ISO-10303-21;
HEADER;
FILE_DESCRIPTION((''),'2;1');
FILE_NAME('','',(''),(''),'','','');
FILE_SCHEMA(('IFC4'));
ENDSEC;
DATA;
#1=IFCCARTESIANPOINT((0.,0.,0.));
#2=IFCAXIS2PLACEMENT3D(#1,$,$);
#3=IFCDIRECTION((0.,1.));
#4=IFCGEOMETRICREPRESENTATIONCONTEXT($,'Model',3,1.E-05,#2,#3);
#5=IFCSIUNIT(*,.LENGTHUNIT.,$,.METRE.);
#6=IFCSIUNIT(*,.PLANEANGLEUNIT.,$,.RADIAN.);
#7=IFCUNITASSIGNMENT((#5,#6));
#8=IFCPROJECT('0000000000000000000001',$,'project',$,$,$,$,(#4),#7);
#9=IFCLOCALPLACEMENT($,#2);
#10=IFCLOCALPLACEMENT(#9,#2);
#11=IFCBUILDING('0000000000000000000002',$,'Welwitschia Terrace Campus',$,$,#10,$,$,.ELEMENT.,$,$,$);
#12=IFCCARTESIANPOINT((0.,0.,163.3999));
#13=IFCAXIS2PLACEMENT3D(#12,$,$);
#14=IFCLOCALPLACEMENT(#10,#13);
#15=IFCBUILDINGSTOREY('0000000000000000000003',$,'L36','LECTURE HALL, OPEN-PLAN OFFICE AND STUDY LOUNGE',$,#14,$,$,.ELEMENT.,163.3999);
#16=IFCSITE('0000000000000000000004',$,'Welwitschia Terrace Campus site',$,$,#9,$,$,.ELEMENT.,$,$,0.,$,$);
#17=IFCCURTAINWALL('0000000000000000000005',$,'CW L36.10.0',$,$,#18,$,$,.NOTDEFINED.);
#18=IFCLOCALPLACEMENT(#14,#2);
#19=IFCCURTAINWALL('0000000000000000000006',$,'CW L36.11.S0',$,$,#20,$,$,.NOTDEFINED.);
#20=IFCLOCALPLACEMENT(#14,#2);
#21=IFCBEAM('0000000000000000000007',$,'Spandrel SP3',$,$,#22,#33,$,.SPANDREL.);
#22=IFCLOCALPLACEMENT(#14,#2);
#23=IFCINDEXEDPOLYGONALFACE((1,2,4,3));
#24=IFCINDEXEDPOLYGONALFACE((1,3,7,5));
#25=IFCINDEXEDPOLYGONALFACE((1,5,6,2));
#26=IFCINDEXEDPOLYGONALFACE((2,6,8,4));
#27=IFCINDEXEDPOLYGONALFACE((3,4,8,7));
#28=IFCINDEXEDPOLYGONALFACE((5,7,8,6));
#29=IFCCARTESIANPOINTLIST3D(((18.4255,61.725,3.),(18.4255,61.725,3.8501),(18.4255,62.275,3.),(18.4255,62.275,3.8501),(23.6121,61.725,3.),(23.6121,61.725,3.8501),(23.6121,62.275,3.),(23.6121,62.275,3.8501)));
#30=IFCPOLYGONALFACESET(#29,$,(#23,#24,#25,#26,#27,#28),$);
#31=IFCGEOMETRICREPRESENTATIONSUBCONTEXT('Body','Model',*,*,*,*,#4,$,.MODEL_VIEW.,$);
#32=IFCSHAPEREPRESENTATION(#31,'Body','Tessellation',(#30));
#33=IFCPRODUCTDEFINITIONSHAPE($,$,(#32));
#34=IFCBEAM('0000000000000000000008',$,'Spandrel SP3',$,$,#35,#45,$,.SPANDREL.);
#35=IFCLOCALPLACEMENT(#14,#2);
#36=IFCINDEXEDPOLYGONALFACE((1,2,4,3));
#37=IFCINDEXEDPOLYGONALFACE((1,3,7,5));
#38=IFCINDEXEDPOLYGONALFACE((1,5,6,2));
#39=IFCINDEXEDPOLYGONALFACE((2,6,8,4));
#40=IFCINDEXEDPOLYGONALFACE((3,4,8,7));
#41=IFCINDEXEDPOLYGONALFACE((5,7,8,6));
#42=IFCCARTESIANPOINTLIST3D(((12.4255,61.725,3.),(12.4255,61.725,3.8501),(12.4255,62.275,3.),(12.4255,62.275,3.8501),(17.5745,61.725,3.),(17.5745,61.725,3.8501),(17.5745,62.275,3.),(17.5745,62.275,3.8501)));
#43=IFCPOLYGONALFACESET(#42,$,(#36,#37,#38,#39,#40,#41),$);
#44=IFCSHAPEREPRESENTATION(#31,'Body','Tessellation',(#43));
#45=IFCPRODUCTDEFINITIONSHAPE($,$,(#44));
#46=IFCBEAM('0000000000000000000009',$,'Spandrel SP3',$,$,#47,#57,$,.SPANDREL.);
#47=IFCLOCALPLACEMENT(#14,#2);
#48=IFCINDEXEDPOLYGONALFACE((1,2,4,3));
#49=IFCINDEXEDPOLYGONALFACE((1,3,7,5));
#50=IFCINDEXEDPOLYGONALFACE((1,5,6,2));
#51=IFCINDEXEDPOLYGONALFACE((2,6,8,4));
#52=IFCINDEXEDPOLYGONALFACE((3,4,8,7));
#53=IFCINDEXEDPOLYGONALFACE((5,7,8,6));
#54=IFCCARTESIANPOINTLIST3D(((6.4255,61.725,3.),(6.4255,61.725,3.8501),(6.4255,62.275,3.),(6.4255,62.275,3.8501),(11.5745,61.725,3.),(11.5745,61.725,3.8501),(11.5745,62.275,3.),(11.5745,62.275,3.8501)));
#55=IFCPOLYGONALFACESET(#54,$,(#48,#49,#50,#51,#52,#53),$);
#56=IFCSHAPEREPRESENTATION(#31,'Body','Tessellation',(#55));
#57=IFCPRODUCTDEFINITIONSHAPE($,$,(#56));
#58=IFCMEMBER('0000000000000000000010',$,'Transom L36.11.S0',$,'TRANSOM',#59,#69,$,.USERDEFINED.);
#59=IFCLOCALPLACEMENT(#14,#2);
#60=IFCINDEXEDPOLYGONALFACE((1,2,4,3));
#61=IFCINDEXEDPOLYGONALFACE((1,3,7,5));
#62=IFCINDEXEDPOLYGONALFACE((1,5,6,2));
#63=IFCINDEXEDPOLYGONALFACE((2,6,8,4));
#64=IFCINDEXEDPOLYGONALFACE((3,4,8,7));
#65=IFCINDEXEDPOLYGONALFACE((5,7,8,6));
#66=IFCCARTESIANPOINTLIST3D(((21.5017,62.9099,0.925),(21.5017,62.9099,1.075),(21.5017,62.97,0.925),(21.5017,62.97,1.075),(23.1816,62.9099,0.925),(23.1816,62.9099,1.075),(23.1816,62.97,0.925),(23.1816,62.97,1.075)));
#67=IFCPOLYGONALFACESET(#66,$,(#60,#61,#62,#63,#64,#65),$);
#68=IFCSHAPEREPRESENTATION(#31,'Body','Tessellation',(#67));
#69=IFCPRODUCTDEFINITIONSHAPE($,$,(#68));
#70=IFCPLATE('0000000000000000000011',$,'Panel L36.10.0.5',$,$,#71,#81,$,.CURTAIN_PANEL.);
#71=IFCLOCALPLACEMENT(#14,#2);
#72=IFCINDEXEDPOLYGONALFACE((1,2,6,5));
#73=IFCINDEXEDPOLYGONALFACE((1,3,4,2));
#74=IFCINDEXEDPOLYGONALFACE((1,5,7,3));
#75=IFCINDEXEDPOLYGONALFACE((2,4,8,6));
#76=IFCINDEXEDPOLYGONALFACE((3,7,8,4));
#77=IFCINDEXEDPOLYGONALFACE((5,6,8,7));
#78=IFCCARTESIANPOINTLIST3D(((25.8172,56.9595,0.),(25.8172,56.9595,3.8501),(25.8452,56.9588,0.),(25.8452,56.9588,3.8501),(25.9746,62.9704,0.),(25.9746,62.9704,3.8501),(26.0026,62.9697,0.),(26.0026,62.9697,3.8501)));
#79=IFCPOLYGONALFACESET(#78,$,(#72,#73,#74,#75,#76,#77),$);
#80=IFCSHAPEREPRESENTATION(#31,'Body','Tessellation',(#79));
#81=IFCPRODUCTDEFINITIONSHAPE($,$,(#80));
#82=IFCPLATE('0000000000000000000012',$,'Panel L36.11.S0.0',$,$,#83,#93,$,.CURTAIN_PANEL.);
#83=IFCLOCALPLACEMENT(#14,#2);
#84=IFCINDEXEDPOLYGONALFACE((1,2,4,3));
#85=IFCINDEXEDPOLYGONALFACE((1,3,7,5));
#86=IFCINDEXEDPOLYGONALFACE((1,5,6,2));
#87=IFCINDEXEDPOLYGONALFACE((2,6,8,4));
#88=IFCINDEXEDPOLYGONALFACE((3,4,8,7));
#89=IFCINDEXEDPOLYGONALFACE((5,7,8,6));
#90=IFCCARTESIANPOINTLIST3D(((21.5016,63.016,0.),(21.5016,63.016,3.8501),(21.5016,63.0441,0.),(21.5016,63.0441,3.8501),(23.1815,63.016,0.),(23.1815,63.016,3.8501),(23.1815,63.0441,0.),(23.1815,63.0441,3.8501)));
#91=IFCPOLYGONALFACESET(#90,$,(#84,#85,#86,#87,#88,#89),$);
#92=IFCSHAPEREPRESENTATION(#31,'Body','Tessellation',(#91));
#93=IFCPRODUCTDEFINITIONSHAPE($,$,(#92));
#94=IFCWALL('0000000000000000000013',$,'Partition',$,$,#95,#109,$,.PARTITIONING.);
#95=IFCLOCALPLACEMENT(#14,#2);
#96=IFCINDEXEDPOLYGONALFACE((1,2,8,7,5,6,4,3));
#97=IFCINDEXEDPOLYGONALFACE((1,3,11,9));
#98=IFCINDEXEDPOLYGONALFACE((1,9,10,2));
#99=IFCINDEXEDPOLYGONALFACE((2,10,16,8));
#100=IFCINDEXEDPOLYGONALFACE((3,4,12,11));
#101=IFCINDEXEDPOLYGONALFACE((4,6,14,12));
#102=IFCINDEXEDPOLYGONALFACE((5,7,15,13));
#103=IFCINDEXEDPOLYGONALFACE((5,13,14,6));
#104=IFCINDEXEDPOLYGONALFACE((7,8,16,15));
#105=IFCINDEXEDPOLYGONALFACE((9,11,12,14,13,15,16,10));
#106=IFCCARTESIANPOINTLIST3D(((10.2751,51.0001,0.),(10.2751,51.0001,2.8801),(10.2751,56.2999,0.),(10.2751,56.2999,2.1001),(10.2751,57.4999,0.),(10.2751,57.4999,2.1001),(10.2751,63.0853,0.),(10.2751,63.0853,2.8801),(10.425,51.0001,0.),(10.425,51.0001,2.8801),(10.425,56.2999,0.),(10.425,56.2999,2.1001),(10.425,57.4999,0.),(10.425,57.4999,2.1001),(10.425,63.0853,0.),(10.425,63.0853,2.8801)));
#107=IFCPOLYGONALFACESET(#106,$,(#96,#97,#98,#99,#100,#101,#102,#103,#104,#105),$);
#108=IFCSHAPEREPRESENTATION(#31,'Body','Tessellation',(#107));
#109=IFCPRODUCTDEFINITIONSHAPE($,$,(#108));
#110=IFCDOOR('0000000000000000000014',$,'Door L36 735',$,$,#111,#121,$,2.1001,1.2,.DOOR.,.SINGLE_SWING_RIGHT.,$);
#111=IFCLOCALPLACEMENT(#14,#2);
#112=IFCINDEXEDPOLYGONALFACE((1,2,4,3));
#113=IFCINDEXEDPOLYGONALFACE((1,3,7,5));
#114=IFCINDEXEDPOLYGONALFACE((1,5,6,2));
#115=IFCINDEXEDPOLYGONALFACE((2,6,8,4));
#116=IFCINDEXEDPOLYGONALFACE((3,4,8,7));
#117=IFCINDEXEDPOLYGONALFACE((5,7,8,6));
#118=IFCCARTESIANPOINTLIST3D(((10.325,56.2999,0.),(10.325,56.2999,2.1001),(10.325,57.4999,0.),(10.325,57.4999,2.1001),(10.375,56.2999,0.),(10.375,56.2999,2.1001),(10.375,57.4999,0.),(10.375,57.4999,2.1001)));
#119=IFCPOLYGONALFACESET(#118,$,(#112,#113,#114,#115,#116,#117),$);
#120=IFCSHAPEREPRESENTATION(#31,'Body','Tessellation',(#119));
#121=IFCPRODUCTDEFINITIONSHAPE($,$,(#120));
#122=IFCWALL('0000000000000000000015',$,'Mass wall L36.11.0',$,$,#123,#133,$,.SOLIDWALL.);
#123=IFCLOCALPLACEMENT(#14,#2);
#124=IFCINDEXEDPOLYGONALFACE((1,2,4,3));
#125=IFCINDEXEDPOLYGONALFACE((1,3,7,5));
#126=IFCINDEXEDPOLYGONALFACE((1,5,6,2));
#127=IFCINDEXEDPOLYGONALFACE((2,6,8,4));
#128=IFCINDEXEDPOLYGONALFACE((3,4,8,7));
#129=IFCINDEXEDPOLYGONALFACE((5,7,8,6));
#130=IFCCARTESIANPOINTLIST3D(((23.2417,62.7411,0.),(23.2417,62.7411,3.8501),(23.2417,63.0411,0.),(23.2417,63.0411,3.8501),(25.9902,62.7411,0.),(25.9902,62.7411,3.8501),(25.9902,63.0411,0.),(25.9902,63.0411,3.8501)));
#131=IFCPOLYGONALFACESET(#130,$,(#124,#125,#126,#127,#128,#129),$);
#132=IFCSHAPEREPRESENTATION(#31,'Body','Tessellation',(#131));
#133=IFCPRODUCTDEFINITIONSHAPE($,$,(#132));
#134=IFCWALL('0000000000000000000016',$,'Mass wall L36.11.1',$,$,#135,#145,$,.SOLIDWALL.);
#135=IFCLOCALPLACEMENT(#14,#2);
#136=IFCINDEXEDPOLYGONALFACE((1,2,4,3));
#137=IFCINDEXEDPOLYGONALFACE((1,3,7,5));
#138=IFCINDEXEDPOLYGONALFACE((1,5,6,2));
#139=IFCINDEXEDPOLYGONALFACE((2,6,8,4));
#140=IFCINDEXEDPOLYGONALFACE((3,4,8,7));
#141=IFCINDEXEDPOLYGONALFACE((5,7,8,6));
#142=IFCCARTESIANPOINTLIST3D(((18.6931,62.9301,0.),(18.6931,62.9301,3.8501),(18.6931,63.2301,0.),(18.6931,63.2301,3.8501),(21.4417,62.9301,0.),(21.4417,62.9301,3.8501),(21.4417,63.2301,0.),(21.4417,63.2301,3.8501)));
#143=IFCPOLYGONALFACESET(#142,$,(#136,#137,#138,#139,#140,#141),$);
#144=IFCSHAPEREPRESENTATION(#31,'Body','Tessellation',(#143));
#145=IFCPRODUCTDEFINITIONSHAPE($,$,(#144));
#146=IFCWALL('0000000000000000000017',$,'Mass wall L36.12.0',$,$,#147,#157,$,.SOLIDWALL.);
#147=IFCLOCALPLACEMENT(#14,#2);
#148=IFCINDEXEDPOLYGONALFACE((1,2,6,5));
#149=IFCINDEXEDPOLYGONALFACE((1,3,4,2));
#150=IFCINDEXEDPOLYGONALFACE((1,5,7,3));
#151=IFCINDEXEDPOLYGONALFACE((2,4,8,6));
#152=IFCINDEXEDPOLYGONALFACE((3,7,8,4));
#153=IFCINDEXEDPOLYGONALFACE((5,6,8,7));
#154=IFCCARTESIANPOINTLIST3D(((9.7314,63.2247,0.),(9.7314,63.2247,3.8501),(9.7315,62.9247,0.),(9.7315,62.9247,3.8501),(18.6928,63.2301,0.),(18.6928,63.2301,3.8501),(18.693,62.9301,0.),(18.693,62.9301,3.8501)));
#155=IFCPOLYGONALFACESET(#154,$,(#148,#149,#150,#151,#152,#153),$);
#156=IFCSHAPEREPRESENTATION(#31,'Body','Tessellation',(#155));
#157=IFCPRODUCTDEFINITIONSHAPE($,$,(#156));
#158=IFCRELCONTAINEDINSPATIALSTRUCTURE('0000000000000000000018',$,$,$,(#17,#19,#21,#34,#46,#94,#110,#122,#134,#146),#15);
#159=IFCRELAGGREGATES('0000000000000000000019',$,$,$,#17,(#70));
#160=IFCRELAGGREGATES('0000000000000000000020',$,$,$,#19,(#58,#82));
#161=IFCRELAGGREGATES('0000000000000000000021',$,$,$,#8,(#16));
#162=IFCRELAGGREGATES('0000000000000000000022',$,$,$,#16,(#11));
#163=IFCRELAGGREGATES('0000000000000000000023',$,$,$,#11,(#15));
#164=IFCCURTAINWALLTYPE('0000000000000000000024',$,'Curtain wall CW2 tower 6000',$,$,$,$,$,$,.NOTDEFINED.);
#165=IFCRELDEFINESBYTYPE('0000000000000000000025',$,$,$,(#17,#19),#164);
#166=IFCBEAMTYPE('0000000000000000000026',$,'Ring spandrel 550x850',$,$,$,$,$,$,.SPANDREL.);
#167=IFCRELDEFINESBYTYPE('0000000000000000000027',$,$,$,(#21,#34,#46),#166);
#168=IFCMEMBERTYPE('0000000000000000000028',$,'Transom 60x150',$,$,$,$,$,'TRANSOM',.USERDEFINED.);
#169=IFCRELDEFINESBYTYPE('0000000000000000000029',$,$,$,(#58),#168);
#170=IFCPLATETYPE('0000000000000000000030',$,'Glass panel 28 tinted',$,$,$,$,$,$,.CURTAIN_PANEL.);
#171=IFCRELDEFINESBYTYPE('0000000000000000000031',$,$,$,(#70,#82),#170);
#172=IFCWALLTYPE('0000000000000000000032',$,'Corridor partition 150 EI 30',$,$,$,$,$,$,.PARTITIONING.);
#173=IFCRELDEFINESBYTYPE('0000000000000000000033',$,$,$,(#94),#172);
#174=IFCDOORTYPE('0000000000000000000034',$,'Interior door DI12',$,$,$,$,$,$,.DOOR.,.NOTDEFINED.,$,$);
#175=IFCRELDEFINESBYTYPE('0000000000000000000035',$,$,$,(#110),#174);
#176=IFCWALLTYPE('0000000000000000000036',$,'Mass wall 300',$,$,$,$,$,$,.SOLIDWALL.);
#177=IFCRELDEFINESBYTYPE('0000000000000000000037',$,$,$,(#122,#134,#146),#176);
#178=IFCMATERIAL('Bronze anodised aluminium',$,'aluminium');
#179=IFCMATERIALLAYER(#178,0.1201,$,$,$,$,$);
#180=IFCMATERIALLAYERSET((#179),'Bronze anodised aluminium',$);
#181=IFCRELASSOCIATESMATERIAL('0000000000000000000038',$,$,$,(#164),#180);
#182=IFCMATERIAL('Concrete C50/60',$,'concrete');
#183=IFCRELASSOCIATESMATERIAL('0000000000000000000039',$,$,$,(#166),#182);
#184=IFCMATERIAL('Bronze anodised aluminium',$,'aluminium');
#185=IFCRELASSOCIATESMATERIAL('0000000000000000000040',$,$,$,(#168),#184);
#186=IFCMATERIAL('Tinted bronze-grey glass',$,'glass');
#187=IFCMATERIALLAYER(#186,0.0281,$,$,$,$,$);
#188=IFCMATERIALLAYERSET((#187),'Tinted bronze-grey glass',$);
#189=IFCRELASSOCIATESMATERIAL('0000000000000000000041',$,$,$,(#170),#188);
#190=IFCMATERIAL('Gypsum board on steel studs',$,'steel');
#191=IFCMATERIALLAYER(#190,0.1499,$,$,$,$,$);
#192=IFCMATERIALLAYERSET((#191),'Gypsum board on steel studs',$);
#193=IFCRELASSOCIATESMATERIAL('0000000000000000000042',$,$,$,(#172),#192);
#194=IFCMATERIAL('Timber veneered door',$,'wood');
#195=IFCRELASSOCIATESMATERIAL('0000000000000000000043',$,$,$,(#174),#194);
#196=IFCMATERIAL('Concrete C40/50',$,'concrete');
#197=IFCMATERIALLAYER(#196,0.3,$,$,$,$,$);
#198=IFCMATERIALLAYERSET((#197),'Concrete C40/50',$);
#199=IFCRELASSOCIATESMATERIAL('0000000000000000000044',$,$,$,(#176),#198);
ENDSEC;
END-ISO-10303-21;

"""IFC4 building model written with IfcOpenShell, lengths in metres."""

from ifc_helpers import new_model, si_unit, direction, frame, frame_2d, origin, origin_2d, place, context, subcontext, project, spatial, rectangle, extrude, material, layer, layer_set, material_profile, profile_set, type_object, element, fill, aggregate, save


model = new_model("IFC4")

# Units and contexts
model_context = context("Model", 3, precision=1e-05, world=origin(), true_north=direction((0.0, 1.0)))
body_context = subcontext(model_context, "Body", "Model", "MODEL_VIEW")
ifc_project = project(units=[si_unit("LENGTHUNIT", "METRE"), si_unit("PLANEANGLEUNIT", "RADIAN")], contexts=[model_context])

# Site, building, storey
site_placement = place(None, origin())
site = spatial("IfcSite", under=ifc_project, at=site_placement, Name="Welwitschia Terrace Campus site", CompositionType="ELEMENT", RefElevation=0.0)
building_placement = place(site_placement, origin())
building = spatial("IfcBuilding", under=site, at=building_placement, Name="Welwitschia Terrace Campus", CompositionType="ELEMENT")
storey_placement = place(building_placement, frame((0.0, 0.0, 163.3999)))
storey = spatial("IfcBuildingStorey", under=building, at=storey_placement, Name="L36", Description="LECTURE HALL, OPEN-PLAN OFFICE AND STUDY LOUNGE", CompositionType="ELEMENT", Elevation=163.3999)

# Curtain walls
ifc_material_1 = material(Name="Bronze anodised aluminium", Category="aluminium")
ifc_layer_1 = layer(ifc_material_1, 0.1201)
ifc_layer_set_1 = layer_set([ifc_layer_1], Name="Bronze anodised aluminium")
curtain_wall_type = type_object("IfcCurtainWallType", Name="Curtain wall CW2 tower 6000", PredefinedType="NOTDEFINED", material=ifc_layer_set_1)
curtain_wall_1_placement = place(storey_placement, origin())
curtain_wall_1 = element("IfcCurtainWall", 1, at=curtain_wall_1_placement, inside=storey, type_object=curtain_wall_type, Name="CW L36.10.0", PredefinedType="NOTDEFINED")
curtain_wall_2_placement = place(storey_placement, origin())
curtain_wall_2 = element("IfcCurtainWall", 2, at=curtain_wall_2_placement, inside=storey, type_object=curtain_wall_type, Name="CW L36.11.S0", PredefinedType="NOTDEFINED")

# Beams
ifc_material_2 = material(Name="Concrete C50/60", Category="concrete")
ifc_material_profile_1 = material_profile(ifc_material_2, rectangle(XDim=0.55, YDim=0.8501, at=origin_2d()))
ifc_profile_set_1 = profile_set([ifc_material_profile_1], Name="Concrete C50/60")
beam_type_1 = type_object("IfcBeamType", Name="Ring spandrel 550x850", PredefinedType="SPANDREL", material=ifc_profile_set_1)
for number, where, z_axis, x_axis, name in (
    (3, (23.6121, 62.0, 3.425), (-1.0, 0.0, 0.0), (0.0, -1.0, 0.0), "Spandrel SP3"),
):
    element("IfcBeam", number, at=place(storey_placement, frame(where, z_axis=z_axis, x_axis=x_axis)), inside=storey, type_object=beam_type_1, Name=name, PredefinedType="SPANDREL", context=body_context, shape_type="SweptSolid", body=[
        extrude(rectangle(XDim=0.55, YDim=0.8501, at=origin_2d()), origin(), (0.0, 0.0, 1.0), 5.1865),
    ])
for number, where, z_axis, x_axis, name in (
    (4, (17.5745, 62.0, 3.425), (-1.0, 0.0, 0.0), (0.0, -1.0, 0.0), "Spandrel SP3"),
    (5, (11.5745, 62.0, 3.425), (-1.0, 0.0, 0.0), (0.0, -1.0, 0.0), "Spandrel SP3"),
):
    element("IfcBeam", number, at=place(storey_placement, frame(where, z_axis=z_axis, x_axis=x_axis)), inside=storey, type_object=beam_type_1, Name=name, PredefinedType="SPANDREL", context=body_context, shape_type="SweptSolid", body=[
        extrude(rectangle(XDim=0.55, YDim=0.8501, at=origin_2d()), origin(), (0.0, 0.0, 1.0), 5.1489),
    ])

# Member
ifc_material_3 = material(Name="Bronze anodised aluminium", Category="aluminium")
ifc_material_profile_2 = material_profile(ifc_material_3, rectangle(XDim=0.0601, YDim=0.1499, at=origin_2d()))
ifc_profile_set_2 = profile_set([ifc_material_profile_2], Name="Bronze anodised aluminium")
member_type_1 = type_object("IfcMemberType", Name="Transom 60x150", ElementType="TRANSOM", PredefinedType="USERDEFINED", material=ifc_profile_set_2)
member_1_placement = place(storey_placement, frame((23.1816, 62.9399, 1.0), z_axis=(-1.0, 0.0, 0.0), x_axis=(0.0, -1.0, 0.0)))
member_1 = element("IfcMember", 6, at=member_1_placement, type_object=member_type_1, Name="Transom L36.11.S0", ObjectType="TRANSOM", PredefinedType="USERDEFINED", context=body_context, shape_type="SweptSolid", body=[
    extrude(rectangle(XDim=0.0601, YDim=0.1499, at=origin_2d()), origin(), (0.0, 0.0, 1.0), 1.6799),
])

# Plates
ifc_material_4 = material(Name="Tinted bronze-grey glass", Category="glass")
ifc_layer_2 = layer(ifc_material_4, 0.0281)
ifc_layer_set_2 = layer_set([ifc_layer_2], Name="Tinted bronze-grey glass")
plate_type = type_object("IfcPlateType", Name="Glass panel 28 tinted", PredefinedType="CURTAIN_PANEL", material=ifc_layer_set_2)
plate_1_placement = place(storey_placement, frame((25.9099, 59.9646, 0.0), z_axis=(0.0, 0.0, 1.0), x_axis=(0.026177, 0.999657, 0.0)))
plate_1 = element("IfcPlate", 7, at=plate_1_placement, type_object=plate_type, Name="Panel L36.10.0.5", PredefinedType="CURTAIN_PANEL", context=body_context, shape_type="SweptSolid", body=[
    extrude(rectangle(XDim=6.0129, YDim=0.0281, at=origin_2d()), origin(), (0.0, 0.0, 1.0), 3.8501),
])
aggregate(curtain_wall_1, [plate_1])
plate_2_placement = place(storey_placement, frame((22.3416, 63.03, 0.0), z_axis=(0.0, 0.0, 1.0), x_axis=(-1.0, 0.0, 0.0)))
plate_2 = element("IfcPlate", 8, at=plate_2_placement, type_object=plate_type, Name="Panel L36.11.S0.0", PredefinedType="CURTAIN_PANEL", context=body_context, shape_type="SweptSolid", body=[
    extrude(rectangle(XDim=1.6799, YDim=0.0281, at=origin_2d()), origin(), (0.0, 0.0, 1.0), 3.8501),
])
aggregate(curtain_wall_2, [member_1, plate_2])

# Wall, opening, door
ifc_material_5 = material(Name="Gypsum board on steel studs", Category="steel")
ifc_layer_3 = layer(ifc_material_5, 0.1499)
ifc_layer_set_3 = layer_set([ifc_layer_3], Name="Gypsum board on steel studs")
wall_type_1 = type_object("IfcWallType", Name="Corridor partition 150 EI 30", PredefinedType="PARTITIONING", material=ifc_layer_set_3)
wall_1_placement = place(storey_placement, frame((10.3501, 63.0852, 0.0), z_axis=(0.0, 0.0, 1.0), x_axis=(0.0, -1.0, 0.0)))
wall_1 = element("IfcWall", 9, at=wall_1_placement, inside=storey, type_object=wall_type_1, Name="Partition", PredefinedType="PARTITIONING", context=body_context, shape_type="SweptSolid", body=[
    extrude(rectangle(XDim=12.0852, YDim=0.1499, at=frame_2d((6.0425, 0.0))), origin(), (0.0, 0.0, 1.0), 2.8801),
])
opening_placement = place(wall_1_placement, frame((5.5852, 0.0, 0.0)))
opening = element("IfcOpeningElement", 10, at=opening_placement, cuts=wall_1, PredefinedType="OPENING", context=body_context, shape_type="SweptSolid", body=[
    extrude(rectangle(XDim=1.2, YDim=2.1001, at=frame_2d((0.6001, 1.05))), frame((0.0, 0.085, 0.0), z_axis=(0.0, -1.0, 0.0), x_axis=(1.0, 0.0, 0.0)), (0.0, 0.0, 1.0), 0.1699),
])
ifc_material_6 = material(Name="Timber veneered door", Category="wood")
door_type = type_object("IfcDoorType", Name="Interior door DI12", OperationType="NOTDEFINED", PredefinedType="DOOR", material=ifc_material_6)
door_placement = place(opening_placement, origin())
door = element("IfcDoor", 11, at=door_placement, inside=storey, type_object=door_type, Name="Door L36 735", OperationType="SINGLE_SWING_RIGHT", OverallHeight=2.1001, OverallWidth=1.2, PredefinedType="DOOR", context=body_context, shape_type="SweptSolid", body=[
    extrude(rectangle(XDim=1.2, YDim=2.1001, at=frame_2d((0.6001, 1.05))), frame((0.0, 0.0249, 0.0), z_axis=(0.0, -1.0, 0.0), x_axis=(1.0, 0.0, 0.0)), (0.0, 0.0, 1.0), 0.05),
])
fill(opening, door)

# Walls
ifc_material_7 = material(Name="Concrete C40/50", Category="concrete")
ifc_layer_4 = layer(ifc_material_7, 0.3)
ifc_layer_set_4 = layer_set([ifc_layer_4], Name="Concrete C40/50")
wall_type_2 = type_object("IfcWallType", Name="Mass wall 300", PredefinedType="SOLIDWALL", material=ifc_layer_set_4)
for number, where, z_axis, x_axis, name in (
    (12, (25.9902, 62.8911, 0.0), (0.0, 0.0, 1.0), (-1.0, 0.0, 0.0), "Mass wall L36.11.0"),
    (13, (21.4417, 63.0801, 0.0), (0.0, 0.0, 1.0), (-1.0, 0.0, 0.0), "Mass wall L36.11.1"),
):
    element("IfcWall", number, at=place(storey_placement, frame(where, z_axis=z_axis, x_axis=x_axis)), inside=storey, type_object=wall_type_2, Name=name, PredefinedType="SOLIDWALL", context=body_context, shape_type="SweptSolid", body=[
        extrude(rectangle(XDim=2.7485, YDim=0.3, at=frame_2d((1.3743, 0.0))), origin(), (0.0, 0.0, 1.0), 3.8501),
    ])
wall_2_placement = place(storey_placement, frame((18.6929, 63.0801, 0.0), z_axis=(0.0, 0.0, 1.0), x_axis=(-1.0, -0.000599, 0.0)))
element("IfcWall", 14, at=wall_2_placement, inside=storey, type_object=wall_type_2, Name="Mass wall L36.12.0", PredefinedType="SOLIDWALL", context=body_context, shape_type="SweptSolid", body=[
    extrude(rectangle(XDim=8.9614, YDim=0.3, at=frame_2d((4.4807, 0.0))), origin(), (0.0, 0.0, 1.0), 3.8501),
])

save(model, "model.ifc")
